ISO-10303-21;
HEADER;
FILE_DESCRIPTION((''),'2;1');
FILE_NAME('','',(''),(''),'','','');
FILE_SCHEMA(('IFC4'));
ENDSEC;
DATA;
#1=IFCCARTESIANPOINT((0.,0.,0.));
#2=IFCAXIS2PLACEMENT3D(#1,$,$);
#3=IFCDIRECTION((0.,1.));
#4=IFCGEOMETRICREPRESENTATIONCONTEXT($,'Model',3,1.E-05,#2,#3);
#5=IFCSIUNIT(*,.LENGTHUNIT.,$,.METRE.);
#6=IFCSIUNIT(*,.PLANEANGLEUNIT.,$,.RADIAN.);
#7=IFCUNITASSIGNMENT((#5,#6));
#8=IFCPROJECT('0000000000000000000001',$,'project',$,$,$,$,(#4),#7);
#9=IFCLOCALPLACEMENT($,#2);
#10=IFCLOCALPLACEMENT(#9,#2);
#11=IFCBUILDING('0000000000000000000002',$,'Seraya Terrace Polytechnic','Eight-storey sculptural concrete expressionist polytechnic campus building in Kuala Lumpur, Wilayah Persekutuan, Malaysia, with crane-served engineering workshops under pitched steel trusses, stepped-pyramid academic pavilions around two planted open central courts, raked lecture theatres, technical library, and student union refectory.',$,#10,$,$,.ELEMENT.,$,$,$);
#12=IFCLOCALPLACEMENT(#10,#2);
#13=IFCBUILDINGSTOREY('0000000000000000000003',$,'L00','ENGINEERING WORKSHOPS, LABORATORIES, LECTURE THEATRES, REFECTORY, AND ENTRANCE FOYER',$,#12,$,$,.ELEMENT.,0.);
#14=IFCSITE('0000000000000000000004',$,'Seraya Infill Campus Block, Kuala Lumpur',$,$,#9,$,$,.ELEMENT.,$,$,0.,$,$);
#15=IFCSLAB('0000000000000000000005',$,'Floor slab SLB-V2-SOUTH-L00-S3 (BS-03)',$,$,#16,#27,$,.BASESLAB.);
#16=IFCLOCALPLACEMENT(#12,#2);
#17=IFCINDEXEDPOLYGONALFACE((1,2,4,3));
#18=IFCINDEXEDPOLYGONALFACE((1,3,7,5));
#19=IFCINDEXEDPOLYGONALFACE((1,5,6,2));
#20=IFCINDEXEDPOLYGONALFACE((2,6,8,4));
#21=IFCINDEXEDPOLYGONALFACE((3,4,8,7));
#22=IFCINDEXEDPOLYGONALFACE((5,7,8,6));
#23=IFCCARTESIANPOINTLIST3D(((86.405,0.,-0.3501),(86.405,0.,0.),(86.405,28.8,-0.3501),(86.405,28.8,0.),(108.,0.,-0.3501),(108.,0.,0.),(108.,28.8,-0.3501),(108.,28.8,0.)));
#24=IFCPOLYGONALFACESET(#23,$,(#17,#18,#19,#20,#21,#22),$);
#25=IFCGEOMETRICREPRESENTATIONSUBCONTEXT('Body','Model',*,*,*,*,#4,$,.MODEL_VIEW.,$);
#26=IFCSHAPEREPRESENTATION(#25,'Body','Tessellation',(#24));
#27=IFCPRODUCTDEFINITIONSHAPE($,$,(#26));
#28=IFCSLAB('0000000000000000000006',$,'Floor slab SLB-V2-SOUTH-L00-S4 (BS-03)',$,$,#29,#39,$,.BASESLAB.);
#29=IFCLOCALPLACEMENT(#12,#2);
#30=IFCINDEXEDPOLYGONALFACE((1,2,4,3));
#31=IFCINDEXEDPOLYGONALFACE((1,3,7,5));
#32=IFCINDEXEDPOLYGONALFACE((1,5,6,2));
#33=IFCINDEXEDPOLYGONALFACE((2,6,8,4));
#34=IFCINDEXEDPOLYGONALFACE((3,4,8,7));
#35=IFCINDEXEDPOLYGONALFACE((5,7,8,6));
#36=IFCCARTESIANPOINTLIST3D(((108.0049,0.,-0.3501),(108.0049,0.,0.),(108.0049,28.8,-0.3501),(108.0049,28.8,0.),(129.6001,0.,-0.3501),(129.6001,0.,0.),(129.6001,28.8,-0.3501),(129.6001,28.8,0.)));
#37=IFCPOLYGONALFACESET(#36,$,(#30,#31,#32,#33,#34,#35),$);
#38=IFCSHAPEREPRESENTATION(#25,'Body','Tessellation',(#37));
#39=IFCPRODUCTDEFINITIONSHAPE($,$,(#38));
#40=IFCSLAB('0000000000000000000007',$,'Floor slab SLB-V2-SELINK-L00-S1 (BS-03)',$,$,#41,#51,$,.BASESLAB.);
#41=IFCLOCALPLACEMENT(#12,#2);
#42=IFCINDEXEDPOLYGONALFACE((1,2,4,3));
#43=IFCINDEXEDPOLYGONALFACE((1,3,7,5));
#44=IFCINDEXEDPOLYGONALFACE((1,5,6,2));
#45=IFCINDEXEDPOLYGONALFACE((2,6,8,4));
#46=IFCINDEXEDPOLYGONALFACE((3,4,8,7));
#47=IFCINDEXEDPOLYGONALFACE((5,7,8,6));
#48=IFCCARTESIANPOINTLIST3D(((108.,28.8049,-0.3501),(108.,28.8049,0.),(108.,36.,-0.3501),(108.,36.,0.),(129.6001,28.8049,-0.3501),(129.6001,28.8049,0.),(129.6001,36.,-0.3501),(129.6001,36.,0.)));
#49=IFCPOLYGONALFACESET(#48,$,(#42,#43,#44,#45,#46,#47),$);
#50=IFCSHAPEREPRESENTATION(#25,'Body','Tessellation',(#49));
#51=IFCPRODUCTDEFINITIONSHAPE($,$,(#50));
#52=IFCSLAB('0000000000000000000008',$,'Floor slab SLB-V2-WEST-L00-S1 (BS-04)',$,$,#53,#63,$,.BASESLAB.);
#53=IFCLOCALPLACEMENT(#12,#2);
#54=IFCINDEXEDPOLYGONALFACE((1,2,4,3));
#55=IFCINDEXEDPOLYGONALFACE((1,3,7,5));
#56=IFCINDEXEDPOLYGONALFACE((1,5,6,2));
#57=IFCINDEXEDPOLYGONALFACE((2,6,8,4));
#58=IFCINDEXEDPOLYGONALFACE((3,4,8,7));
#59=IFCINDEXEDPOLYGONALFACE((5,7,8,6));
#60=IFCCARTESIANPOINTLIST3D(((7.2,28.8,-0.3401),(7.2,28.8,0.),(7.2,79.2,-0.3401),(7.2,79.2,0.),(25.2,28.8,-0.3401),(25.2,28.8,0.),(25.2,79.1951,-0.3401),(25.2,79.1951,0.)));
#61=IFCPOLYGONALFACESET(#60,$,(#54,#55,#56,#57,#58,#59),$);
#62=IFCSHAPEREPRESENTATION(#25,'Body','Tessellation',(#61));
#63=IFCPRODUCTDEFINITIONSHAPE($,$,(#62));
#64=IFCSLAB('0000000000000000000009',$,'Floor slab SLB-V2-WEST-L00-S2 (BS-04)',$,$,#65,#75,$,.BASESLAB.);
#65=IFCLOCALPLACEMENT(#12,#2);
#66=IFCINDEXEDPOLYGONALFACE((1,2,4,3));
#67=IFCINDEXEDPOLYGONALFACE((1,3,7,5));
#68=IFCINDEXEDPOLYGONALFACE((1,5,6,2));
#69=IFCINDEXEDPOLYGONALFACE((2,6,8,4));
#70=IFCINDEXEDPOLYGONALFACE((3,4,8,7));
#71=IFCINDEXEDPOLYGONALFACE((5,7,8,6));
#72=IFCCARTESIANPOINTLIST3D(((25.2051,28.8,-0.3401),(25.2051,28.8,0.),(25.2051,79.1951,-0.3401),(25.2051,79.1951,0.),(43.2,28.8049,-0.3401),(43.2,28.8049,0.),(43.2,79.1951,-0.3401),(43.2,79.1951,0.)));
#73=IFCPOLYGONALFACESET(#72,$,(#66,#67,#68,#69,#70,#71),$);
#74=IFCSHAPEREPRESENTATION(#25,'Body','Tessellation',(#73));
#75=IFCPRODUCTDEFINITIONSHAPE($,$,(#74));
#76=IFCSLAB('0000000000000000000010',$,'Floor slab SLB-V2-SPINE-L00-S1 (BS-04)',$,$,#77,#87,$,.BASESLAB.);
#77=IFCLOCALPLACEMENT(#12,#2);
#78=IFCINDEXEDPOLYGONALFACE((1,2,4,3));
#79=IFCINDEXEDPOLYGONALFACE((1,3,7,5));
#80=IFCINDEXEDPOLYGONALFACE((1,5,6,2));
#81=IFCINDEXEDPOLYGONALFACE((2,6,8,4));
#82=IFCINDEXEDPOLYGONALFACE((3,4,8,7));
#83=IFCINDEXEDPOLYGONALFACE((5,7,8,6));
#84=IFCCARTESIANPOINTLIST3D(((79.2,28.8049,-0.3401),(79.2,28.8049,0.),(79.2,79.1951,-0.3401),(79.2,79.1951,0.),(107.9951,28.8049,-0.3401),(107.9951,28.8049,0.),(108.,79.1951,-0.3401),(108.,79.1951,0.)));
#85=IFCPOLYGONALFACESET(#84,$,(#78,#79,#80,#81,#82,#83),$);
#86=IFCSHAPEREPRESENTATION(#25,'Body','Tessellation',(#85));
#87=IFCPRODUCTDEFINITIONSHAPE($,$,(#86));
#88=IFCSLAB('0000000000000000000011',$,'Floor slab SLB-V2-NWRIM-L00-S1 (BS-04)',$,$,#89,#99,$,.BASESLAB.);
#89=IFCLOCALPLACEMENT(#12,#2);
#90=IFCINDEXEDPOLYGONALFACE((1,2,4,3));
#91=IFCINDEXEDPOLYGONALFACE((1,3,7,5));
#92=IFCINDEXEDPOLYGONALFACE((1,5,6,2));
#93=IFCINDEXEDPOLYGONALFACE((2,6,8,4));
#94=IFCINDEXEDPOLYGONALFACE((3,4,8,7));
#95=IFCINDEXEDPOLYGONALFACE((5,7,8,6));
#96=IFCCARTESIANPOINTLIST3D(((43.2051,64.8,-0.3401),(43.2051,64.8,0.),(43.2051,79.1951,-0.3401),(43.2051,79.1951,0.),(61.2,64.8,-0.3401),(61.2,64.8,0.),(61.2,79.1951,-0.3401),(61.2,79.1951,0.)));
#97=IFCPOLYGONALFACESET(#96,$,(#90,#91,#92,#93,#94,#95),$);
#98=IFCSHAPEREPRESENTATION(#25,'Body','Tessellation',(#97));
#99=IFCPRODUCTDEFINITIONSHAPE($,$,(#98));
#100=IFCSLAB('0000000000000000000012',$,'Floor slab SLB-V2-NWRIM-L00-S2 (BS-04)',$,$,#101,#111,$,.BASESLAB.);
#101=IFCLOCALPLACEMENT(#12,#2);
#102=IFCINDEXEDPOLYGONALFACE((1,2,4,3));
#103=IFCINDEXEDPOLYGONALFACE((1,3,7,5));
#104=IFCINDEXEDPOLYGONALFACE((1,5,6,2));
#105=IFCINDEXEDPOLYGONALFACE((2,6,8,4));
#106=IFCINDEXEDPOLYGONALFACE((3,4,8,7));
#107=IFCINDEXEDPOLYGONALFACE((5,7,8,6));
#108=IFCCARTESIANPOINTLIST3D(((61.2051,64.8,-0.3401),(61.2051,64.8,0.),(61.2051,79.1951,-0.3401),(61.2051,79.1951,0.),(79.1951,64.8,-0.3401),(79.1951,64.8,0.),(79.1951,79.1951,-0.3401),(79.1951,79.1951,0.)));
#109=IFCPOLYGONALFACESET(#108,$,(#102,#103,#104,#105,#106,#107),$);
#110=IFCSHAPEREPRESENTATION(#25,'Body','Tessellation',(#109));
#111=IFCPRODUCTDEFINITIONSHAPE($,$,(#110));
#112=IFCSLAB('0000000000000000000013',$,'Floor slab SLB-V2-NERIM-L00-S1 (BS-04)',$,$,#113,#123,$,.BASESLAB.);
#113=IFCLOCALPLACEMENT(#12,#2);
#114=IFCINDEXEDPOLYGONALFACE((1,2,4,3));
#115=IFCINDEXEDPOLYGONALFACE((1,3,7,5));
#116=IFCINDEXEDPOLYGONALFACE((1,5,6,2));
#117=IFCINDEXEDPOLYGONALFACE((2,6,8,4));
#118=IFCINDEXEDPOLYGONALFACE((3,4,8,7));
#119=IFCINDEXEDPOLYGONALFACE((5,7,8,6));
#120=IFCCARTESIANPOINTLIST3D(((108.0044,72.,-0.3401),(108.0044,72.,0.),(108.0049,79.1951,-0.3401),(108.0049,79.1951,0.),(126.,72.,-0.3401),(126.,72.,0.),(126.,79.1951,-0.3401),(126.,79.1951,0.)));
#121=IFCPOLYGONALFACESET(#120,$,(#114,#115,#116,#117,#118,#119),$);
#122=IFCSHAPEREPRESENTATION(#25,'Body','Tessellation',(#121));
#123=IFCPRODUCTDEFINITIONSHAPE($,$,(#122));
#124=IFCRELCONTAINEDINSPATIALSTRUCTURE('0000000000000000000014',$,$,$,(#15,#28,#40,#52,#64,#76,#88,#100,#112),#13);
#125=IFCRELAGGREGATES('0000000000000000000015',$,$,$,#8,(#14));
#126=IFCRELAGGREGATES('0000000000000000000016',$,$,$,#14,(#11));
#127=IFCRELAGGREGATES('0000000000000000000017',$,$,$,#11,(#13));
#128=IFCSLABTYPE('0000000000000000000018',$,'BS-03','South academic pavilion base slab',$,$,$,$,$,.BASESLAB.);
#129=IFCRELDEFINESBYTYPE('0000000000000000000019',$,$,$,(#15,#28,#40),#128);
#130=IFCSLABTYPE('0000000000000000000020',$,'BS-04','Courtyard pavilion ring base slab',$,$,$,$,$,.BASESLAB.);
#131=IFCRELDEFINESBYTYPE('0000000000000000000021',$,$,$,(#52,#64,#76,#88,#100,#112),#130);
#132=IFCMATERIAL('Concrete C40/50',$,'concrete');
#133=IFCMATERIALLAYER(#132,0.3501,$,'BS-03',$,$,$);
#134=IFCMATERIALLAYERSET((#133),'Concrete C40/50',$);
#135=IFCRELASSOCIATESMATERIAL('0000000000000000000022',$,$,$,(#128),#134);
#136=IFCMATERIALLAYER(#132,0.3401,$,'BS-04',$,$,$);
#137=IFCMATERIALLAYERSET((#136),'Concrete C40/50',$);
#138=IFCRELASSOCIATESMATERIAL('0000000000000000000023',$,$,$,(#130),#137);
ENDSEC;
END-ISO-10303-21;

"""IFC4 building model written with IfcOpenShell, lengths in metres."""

from ifc_helpers import new_model, si_unit, direction, frame, origin, place, context, subcontext, project, spatial, polyline, outline, extrude, material, layer, layer_set, type_object, element, save


model = new_model("IFC4")

# Units and contexts
model_context = context("Model", 3, precision=1e-05, world=origin(), true_north=direction((0.0, 1.0)))
body_context = subcontext(model_context, "Body", "Model", "MODEL_VIEW")
ifc_project = project(units=[si_unit("LENGTHUNIT", "METRE"), si_unit("PLANEANGLEUNIT", "RADIAN")], contexts=[model_context])

# Site, building, storey
site_placement = place(None, origin())
site = spatial("IfcSite", under=ifc_project, at=site_placement, Name="Seraya Infill Campus Block, Kuala Lumpur", CompositionType="ELEMENT", RefElevation=0.0)
building_placement = place(site_placement, origin())
building = spatial("IfcBuilding", under=site, at=building_placement, Name="Seraya Terrace Polytechnic", Description="Eight-storey sculptural concrete expressionist polytechnic campus building in Kuala Lumpur, Wilayah Persekutuan, Malaysia, with crane-served engineering workshops under pitched steel trusses, stepped-pyramid academic pavilions around two planted open central courts, raked lecture theatres, technical library, and student union refectory.", CompositionType="ELEMENT")
storey_placement = place(building_placement, origin())
storey = spatial("IfcBuildingStorey", under=building, at=storey_placement, Name="L00", Description="ENGINEERING WORKSHOPS, LABORATORIES, LECTURE THEATRES, REFECTORY, AND ENTRANCE FOYER", CompositionType="ELEMENT", Elevation=0.0)

# Shared definitions
ifc_material = material(Name="Concrete C40/50", Category="concrete")

# Slabs
ifc_layer_1 = layer(ifc_material, 0.3501, Name="BS-03")
ifc_layer_set_1 = layer_set([ifc_layer_1], Name="Concrete C40/50")
slab_type_1 = type_object("IfcSlabType", Name="BS-03", Description="South academic pavilion base slab", PredefinedType="BASESLAB", material=ifc_layer_set_1)
slab_1_placement = place(storey_placement, frame((0.0, 0.0, -0.3501)))
element("IfcSlab", 1, at=slab_1_placement, inside=storey, type_object=slab_type_1, Name="Floor slab SLB-V2-SOUTH-L00-S3 (BS-03)", PredefinedType="BASESLAB", context=body_context, shape_type="SweptSolid", body=[
    extrude(outline(polyline([(108.0, 28.8), (108.0, 0.0), (86.405, 0.0), (86.405, 28.8), (108.0, 28.8)])), origin(), (0.0, 0.0, 1.0), 0.3501),
])
slab_2_placement = place(storey_placement, frame((0.0, 0.0, -0.3501)))
element("IfcSlab", 2, at=slab_2_placement, inside=storey, type_object=slab_type_1, Name="Floor slab SLB-V2-SOUTH-L00-S4 (BS-03)", PredefinedType="BASESLAB", context=body_context, shape_type="SweptSolid", body=[
    extrude(outline(polyline([(129.6001, 28.8), (129.6001, 0.0), (108.0049, 0.0), (108.0049, 28.8), (129.6001, 28.8)])), origin(), (0.0, 0.0, 1.0), 0.3501),
])
slab_3_placement = place(storey_placement, frame((0.0, 0.0, -0.3501)))
element("IfcSlab", 3, at=slab_3_placement, inside=storey, type_object=slab_type_1, Name="Floor slab SLB-V2-SELINK-L00-S1 (BS-03)", PredefinedType="BASESLAB", context=body_context, shape_type="SweptSolid", body=[
    extrude(outline(polyline([(108.0, 36.0), (129.6001, 36.0), (129.6001, 28.8049), (108.0, 28.8049), (108.0, 36.0)])), origin(), (0.0, 0.0, 1.0), 0.3501),
])
ifc_layer_2 = layer(ifc_material, 0.3401, Name="BS-04")
ifc_layer_set_2 = layer_set([ifc_layer_2], Name="Concrete C40/50")
slab_type_2 = type_object("IfcSlabType", Name="BS-04", Description="Courtyard pavilion ring base slab", PredefinedType="BASESLAB", material=ifc_layer_set_2)
slab_4_placement = place(storey_placement, frame((0.0, 0.0, -0.3401)))
element("IfcSlab", 4, at=slab_4_placement, inside=storey, type_object=slab_type_2, Name="Floor slab SLB-V2-WEST-L00-S1 (BS-04)", PredefinedType="BASESLAB", context=body_context, shape_type="SweptSolid", body=[
    extrude(outline(polyline([(25.2, 28.8), (7.2, 28.8), (7.2, 79.2), (25.2, 79.1951), (25.2, 28.8)])), origin(), (0.0, 0.0, 1.0), 0.3401),
])
slab_5_placement = place(storey_placement, frame((0.0, 0.0, -0.3401)))
element("IfcSlab", 5, at=slab_5_placement, inside=storey, type_object=slab_type_2, Name="Floor slab SLB-V2-WEST-L00-S2 (BS-04)", PredefinedType="BASESLAB", context=body_context, shape_type="SweptSolid", body=[
    extrude(outline(polyline([(43.2, 28.8049), (25.2051, 28.8), (25.2051, 79.1951), (43.2, 79.1951), (43.2, 28.8049)])), origin(), (0.0, 0.0, 1.0), 0.3401),
])
slab_6_placement = place(storey_placement, frame((0.0, 0.0, -0.3401)))
element("IfcSlab", 6, at=slab_6_placement, inside=storey, type_object=slab_type_2, Name="Floor slab SLB-V2-SPINE-L00-S1 (BS-04)", PredefinedType="BASESLAB", context=body_context, shape_type="SweptSolid", body=[
    extrude(outline(polyline([(108.0, 79.1951), (107.9951, 28.8049), (79.2, 28.8049), (79.2, 79.1951), (108.0, 79.1951)])), origin(), (0.0, 0.0, 1.0), 0.3401),
])
slab_7_placement = place(storey_placement, frame((0.0, 0.0, -0.3401)))
element("IfcSlab", 7, at=slab_7_placement, inside=storey, type_object=slab_type_2, Name="Floor slab SLB-V2-NWRIM-L00-S1 (BS-04)", PredefinedType="BASESLAB", context=body_context, shape_type="SweptSolid", body=[
    extrude(outline(polyline([(61.2, 64.8), (43.2051, 64.8), (43.2051, 79.1951), (61.2, 79.1951), (61.2, 64.8)])), origin(), (0.0, 0.0, 1.0), 0.3401),
])
slab_8_placement = place(storey_placement, frame((0.0, 0.0, -0.3401)))
element("IfcSlab", 8, at=slab_8_placement, inside=storey, type_object=slab_type_2, Name="Floor slab SLB-V2-NWRIM-L00-S2 (BS-04)", PredefinedType="BASESLAB", context=body_context, shape_type="SweptSolid", body=[
    extrude(outline(polyline([(61.2051, 64.8), (61.2051, 79.1951), (79.1951, 79.1951), (79.1951, 64.8), (61.2051, 64.8)])), origin(), (0.0, 0.0, 1.0), 0.3401),
])
slab_9_placement = place(storey_placement, frame((0.0, 0.0, -0.3401)))
element("IfcSlab", 9, at=slab_9_placement, inside=storey, type_object=slab_type_2, Name="Floor slab SLB-V2-NERIM-L00-S1 (BS-04)", PredefinedType="BASESLAB", context=body_context, shape_type="SweptSolid", body=[
    extrude(outline(polyline([(126.0, 72.0), (108.0044, 72.0), (108.0049, 79.1951), (126.0, 79.1951), (126.0, 72.0)])), origin(), (0.0, 0.0, 1.0), 0.3401),
])

save(model, "model.ifc")
